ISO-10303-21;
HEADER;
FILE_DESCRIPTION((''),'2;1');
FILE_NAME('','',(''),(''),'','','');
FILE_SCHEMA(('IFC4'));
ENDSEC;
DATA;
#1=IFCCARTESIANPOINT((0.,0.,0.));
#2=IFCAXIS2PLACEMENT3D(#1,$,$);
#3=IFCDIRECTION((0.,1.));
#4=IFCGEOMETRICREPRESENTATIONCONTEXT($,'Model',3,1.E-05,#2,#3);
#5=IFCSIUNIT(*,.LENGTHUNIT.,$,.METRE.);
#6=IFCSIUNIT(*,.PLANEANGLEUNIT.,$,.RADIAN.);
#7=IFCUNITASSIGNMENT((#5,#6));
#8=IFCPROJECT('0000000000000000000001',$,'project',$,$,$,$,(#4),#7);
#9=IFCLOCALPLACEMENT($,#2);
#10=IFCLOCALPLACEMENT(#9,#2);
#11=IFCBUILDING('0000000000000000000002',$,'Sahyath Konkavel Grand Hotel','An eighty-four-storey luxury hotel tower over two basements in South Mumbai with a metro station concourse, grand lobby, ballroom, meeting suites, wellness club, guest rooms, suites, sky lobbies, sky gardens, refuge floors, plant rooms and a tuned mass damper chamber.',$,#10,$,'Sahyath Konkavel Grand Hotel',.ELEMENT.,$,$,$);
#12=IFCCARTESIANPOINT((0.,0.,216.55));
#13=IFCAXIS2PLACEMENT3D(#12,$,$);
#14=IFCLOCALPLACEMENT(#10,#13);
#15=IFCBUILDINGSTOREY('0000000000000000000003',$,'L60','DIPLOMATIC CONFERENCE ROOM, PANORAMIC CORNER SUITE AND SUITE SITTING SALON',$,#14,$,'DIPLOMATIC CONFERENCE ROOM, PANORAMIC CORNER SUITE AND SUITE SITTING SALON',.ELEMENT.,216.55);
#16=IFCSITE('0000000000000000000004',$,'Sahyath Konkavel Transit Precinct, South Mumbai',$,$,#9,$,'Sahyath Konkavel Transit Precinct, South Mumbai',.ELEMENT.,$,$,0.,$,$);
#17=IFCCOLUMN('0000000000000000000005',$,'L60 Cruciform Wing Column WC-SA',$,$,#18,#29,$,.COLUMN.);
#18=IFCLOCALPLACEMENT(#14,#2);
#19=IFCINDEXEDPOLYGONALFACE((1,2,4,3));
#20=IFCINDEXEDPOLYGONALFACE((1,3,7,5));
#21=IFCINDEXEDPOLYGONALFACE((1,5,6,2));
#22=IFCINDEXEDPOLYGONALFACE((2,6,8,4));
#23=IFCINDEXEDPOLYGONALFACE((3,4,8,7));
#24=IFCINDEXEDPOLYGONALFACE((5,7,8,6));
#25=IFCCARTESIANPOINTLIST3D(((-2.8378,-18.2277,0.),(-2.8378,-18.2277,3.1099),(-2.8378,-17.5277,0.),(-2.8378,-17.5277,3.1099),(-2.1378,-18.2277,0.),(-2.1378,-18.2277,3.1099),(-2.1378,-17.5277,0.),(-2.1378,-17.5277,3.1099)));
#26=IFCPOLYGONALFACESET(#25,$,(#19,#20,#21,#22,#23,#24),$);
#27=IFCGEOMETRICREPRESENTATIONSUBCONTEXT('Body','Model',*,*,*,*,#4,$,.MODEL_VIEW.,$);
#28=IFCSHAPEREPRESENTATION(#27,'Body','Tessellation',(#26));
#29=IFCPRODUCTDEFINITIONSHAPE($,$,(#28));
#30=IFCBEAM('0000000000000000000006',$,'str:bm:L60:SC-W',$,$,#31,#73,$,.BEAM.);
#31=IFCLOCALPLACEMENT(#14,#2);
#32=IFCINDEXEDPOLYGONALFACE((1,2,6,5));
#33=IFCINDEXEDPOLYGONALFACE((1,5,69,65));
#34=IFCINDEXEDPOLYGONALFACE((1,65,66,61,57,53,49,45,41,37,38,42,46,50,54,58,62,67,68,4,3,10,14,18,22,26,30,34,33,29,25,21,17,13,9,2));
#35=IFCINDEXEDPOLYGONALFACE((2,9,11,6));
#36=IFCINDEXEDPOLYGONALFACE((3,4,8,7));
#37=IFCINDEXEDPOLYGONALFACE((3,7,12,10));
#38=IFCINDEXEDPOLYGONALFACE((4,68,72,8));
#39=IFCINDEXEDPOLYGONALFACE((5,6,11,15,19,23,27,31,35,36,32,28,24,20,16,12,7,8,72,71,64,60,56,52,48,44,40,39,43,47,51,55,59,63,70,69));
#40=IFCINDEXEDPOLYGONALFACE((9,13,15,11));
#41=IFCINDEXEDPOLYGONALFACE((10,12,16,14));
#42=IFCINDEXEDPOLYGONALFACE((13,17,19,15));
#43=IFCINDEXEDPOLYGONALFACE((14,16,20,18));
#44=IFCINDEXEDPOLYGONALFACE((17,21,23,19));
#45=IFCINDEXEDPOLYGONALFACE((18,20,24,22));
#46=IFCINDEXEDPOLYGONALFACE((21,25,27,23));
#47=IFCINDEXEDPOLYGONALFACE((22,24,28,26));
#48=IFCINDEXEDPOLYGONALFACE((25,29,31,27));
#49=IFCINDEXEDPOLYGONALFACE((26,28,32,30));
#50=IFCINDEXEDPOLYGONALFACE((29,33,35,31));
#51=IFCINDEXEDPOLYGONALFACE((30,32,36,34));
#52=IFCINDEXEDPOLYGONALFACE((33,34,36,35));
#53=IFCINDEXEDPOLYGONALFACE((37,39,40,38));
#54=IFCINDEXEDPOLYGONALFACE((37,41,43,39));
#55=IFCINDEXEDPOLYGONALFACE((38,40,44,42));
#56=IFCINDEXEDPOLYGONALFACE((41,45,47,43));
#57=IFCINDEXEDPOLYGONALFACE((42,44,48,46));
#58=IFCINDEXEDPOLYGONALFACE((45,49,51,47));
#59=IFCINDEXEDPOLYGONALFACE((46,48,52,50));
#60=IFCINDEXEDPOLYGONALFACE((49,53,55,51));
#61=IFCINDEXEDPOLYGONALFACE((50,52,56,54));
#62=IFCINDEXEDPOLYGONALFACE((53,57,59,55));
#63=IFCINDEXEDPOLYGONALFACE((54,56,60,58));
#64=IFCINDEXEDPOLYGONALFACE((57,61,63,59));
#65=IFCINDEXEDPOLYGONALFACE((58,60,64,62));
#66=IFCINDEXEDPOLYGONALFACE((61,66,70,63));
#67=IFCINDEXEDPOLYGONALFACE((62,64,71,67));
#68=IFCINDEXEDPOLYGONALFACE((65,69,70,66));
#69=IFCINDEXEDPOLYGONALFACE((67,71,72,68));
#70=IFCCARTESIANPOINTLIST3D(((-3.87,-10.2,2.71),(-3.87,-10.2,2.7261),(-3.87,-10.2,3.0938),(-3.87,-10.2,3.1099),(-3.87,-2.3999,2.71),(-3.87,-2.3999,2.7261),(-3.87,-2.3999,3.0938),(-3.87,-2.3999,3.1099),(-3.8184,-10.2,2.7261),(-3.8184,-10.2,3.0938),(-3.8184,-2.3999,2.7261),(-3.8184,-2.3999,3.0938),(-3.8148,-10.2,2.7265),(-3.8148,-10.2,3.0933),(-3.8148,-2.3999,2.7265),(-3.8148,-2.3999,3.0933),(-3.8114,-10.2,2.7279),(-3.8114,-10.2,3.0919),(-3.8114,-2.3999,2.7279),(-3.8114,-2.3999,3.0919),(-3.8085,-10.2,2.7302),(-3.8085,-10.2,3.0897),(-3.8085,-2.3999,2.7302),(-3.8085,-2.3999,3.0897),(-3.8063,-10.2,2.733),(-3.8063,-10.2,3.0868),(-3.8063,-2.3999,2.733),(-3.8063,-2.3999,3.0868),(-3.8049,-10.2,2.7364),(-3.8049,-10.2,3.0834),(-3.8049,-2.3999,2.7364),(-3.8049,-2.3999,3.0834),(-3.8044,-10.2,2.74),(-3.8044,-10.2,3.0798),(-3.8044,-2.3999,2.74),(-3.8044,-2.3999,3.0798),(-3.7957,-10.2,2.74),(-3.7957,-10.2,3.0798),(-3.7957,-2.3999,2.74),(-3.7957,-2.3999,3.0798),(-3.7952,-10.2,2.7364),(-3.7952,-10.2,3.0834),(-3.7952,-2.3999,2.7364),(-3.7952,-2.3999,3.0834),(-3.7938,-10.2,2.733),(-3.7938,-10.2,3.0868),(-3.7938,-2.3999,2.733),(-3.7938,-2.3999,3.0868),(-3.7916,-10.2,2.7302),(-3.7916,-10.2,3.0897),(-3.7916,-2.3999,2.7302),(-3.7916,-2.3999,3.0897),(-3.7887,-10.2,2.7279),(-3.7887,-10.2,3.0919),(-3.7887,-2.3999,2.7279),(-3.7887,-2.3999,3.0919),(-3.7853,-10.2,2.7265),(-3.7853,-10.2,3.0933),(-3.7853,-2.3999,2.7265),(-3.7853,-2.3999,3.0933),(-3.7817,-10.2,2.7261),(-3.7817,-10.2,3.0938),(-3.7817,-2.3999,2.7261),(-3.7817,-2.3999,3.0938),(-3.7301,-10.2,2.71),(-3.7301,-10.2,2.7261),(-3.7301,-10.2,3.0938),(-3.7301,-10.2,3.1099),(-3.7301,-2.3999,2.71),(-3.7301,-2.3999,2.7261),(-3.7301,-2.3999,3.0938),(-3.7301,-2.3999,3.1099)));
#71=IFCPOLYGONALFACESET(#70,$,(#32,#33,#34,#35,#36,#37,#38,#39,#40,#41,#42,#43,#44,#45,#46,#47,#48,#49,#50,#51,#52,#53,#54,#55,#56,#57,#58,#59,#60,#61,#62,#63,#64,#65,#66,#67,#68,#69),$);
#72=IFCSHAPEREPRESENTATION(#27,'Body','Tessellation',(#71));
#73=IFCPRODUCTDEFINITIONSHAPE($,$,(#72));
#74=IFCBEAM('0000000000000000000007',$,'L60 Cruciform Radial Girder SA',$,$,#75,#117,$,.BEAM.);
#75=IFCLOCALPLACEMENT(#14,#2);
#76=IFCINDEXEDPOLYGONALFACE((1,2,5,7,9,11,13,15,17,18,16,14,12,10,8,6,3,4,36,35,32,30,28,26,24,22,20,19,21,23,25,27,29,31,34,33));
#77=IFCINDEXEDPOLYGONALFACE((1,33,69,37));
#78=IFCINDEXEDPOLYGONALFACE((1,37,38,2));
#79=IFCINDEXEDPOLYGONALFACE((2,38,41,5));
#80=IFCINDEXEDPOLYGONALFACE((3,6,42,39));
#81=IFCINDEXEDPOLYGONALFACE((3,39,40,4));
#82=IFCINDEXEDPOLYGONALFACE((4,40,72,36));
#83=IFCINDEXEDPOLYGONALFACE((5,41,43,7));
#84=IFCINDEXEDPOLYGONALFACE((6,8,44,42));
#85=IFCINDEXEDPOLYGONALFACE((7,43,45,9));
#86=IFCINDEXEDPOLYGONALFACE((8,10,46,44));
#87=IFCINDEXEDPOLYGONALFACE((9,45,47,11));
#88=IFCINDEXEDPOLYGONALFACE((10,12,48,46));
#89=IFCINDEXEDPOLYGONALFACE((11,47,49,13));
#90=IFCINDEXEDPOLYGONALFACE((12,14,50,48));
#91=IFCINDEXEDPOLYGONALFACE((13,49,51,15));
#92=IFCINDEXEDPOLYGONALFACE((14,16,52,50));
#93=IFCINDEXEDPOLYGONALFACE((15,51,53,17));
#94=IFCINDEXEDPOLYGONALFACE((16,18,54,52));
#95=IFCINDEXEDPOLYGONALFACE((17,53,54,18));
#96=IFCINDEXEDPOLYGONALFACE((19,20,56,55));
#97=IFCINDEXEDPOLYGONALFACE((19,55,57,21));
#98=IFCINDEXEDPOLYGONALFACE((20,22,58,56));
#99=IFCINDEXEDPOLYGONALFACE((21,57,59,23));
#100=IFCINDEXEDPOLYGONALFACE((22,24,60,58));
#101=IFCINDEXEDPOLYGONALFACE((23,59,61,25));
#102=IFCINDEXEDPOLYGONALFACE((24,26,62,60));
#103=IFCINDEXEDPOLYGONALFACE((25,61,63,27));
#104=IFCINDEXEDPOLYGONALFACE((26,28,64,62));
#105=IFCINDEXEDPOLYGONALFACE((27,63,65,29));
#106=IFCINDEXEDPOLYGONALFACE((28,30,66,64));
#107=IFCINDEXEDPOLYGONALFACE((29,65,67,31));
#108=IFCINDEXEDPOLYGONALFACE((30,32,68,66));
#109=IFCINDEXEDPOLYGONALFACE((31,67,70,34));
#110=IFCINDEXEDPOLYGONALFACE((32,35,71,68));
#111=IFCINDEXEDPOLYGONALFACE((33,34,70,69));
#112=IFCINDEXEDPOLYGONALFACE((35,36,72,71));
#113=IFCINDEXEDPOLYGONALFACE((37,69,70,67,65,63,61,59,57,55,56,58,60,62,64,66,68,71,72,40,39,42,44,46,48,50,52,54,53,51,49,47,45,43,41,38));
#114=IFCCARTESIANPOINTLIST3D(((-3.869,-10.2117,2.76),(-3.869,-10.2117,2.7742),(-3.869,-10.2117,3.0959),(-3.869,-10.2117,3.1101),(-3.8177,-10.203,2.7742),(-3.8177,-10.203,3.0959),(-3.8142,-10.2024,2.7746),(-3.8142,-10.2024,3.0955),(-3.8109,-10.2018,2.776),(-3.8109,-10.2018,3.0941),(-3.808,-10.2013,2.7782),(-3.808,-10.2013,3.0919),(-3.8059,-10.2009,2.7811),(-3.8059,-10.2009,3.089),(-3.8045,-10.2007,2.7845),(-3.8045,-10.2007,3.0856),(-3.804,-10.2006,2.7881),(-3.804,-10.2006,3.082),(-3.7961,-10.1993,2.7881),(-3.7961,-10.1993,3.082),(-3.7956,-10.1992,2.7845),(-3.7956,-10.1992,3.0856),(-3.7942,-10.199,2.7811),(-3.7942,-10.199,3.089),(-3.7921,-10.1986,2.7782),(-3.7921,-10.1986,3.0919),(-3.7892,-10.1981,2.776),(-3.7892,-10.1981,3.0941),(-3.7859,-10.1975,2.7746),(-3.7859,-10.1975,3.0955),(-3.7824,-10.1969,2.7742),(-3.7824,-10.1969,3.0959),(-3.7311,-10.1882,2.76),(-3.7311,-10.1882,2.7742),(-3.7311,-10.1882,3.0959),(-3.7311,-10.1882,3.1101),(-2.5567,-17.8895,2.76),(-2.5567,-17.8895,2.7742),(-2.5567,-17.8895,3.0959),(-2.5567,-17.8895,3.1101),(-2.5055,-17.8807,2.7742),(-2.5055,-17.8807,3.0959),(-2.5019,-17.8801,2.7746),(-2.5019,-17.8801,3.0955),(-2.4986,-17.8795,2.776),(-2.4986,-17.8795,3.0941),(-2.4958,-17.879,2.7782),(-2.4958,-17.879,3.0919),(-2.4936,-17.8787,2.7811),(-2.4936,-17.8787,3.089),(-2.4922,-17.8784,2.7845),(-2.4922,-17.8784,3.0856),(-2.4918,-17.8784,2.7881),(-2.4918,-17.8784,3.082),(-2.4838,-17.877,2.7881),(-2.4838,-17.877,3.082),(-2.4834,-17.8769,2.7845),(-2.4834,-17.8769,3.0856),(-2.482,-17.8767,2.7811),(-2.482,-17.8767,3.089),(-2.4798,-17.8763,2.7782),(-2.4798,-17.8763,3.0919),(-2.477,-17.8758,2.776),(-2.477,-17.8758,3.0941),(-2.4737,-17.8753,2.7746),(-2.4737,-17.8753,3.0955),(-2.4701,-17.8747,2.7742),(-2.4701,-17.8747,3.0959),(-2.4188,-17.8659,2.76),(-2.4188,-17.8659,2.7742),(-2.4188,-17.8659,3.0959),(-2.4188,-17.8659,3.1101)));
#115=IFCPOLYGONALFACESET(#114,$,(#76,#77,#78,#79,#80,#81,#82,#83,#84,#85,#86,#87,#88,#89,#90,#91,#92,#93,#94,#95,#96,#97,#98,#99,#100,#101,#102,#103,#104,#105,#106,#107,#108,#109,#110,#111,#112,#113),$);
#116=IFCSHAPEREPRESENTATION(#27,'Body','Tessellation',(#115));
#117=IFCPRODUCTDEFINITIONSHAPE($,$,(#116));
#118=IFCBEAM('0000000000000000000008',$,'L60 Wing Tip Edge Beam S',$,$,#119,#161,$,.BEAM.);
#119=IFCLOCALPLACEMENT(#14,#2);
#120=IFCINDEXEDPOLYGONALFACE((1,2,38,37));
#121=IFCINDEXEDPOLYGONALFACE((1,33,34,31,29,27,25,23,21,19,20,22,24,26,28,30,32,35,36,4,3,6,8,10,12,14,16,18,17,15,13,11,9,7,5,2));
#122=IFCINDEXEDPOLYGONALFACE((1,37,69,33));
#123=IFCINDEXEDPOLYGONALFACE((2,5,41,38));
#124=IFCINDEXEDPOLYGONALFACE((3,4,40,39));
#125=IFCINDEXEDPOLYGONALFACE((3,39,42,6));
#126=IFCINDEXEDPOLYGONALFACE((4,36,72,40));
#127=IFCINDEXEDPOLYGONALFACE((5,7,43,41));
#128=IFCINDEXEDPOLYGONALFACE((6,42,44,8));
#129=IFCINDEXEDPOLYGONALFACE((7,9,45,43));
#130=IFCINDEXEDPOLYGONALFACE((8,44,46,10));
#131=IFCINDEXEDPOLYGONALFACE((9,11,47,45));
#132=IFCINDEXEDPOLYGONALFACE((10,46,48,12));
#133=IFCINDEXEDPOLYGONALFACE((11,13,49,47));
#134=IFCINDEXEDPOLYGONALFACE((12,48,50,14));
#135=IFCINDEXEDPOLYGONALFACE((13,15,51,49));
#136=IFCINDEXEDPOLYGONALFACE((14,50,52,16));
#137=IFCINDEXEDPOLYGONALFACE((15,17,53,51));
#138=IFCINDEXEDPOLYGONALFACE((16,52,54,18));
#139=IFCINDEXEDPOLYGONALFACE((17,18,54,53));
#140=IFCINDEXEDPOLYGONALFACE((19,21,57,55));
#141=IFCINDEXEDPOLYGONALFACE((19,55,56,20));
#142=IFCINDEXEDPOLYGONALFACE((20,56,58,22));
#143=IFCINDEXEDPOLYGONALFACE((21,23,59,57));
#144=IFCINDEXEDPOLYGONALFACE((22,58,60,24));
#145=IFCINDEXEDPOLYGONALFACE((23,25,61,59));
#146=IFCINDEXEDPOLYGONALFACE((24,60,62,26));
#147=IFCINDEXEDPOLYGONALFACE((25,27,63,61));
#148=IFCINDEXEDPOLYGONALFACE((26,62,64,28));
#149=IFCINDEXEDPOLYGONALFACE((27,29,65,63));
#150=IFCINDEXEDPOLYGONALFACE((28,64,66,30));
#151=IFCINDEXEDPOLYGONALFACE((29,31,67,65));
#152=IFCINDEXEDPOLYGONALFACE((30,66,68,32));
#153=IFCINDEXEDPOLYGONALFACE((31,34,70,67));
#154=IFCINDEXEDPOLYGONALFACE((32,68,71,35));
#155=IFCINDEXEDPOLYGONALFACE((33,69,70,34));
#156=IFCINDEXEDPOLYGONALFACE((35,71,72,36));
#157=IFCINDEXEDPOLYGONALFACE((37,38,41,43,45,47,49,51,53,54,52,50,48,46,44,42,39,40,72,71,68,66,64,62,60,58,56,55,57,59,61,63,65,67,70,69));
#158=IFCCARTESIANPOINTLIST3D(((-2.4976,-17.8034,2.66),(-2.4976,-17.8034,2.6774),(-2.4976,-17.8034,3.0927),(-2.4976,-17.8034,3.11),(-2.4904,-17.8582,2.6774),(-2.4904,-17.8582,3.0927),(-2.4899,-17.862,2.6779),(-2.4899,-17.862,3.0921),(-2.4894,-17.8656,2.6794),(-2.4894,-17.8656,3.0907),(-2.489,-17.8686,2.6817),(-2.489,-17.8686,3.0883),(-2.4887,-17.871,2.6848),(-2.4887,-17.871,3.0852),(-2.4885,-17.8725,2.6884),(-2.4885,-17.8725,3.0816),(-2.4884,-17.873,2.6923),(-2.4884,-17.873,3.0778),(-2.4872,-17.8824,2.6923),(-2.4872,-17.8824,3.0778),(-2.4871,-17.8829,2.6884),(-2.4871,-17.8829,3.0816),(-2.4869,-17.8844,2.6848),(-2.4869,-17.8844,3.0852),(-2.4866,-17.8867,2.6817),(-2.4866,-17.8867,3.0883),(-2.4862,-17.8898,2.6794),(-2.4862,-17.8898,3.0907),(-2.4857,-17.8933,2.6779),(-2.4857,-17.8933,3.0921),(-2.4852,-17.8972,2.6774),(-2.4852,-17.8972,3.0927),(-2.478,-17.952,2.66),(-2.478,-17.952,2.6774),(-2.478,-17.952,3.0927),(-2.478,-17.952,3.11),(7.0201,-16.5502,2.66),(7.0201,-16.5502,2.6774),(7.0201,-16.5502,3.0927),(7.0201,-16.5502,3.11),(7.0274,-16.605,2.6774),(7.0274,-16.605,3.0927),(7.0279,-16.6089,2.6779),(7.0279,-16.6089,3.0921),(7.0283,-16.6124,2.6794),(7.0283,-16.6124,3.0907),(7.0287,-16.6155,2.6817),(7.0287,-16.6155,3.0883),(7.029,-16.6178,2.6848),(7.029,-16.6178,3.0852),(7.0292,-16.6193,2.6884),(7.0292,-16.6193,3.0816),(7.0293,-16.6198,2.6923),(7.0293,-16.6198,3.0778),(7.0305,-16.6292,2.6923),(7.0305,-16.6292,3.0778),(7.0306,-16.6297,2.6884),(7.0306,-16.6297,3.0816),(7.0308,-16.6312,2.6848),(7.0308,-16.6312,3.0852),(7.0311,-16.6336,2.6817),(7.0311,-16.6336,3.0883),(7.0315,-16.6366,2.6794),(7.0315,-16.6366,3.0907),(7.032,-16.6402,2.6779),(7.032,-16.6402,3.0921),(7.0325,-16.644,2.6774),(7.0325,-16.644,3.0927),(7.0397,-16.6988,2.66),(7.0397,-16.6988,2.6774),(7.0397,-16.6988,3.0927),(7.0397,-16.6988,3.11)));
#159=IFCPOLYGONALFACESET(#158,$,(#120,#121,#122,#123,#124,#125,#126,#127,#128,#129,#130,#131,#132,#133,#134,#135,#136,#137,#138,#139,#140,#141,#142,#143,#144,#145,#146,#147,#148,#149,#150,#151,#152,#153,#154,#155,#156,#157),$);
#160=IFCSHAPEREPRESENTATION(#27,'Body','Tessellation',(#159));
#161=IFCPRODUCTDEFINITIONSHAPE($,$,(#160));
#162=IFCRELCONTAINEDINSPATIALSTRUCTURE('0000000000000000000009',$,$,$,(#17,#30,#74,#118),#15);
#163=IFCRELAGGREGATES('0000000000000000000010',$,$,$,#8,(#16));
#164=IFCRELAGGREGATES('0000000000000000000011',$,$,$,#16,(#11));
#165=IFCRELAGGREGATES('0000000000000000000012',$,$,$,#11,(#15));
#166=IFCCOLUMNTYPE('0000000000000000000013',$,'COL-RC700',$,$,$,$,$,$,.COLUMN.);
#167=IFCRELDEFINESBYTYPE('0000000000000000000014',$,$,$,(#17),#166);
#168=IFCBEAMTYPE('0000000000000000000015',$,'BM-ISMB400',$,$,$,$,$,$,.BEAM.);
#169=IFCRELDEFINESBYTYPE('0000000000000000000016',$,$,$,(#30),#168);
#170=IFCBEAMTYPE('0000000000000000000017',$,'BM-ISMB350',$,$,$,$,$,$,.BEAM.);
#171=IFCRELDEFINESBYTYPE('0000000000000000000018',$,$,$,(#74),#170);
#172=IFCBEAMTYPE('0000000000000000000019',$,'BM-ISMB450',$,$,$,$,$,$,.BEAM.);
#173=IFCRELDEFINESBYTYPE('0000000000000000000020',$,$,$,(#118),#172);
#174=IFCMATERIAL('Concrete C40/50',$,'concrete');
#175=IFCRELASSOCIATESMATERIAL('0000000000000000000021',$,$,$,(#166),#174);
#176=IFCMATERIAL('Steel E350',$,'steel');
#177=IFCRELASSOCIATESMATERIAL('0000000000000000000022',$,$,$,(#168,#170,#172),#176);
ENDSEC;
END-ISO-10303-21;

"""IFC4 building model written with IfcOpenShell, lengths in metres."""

from ifc_helpers import new_model, si_unit, direction, frame, origin, origin_2d, place, context, subcontext, project, spatial, rectangle, i_section, extrude, source, transform, mapped, material, material_profile, profile_set, type_object, element, save


model = new_model("IFC4")

# Units and contexts
model_context = context("Model", 3, precision=1e-05, world=origin(), true_north=direction((0.0, 1.0)))
body_context = subcontext(model_context, "Body", "Model", "MODEL_VIEW")
ifc_project = project(units=[si_unit("LENGTHUNIT", "METRE"), si_unit("PLANEANGLEUNIT", "RADIAN")], contexts=[model_context])

# Site, building, storey
site_placement = place(None, origin())
site = spatial("IfcSite", under=ifc_project, at=site_placement, Name="Sahyath Konkavel Transit Precinct, South Mumbai", LongName="Sahyath Konkavel Transit Precinct, South Mumbai", CompositionType="ELEMENT", RefElevation=0.0)
building_placement = place(site_placement, origin())
building = spatial("IfcBuilding", under=site, at=building_placement, Name="Sahyath Konkavel Grand Hotel", Description="An eighty-four-storey luxury hotel tower over two basements in South Mumbai with a metro station concourse, grand lobby, ballroom, meeting suites, wellness club, guest rooms, suites, sky lobbies, sky gardens, refuge floors, plant rooms and a tuned mass damper chamber.", LongName="Sahyath Konkavel Grand Hotel", CompositionType="ELEMENT")
storey_placement = place(building_placement, frame((0.0, 0.0, 216.55)))
storey = spatial("IfcBuildingStorey", under=building, at=storey_placement, Name="L60", Description="DIPLOMATIC CONFERENCE ROOM, PANORAMIC CORNER SUITE AND SUITE SITTING SALON", LongName="DIPLOMATIC CONFERENCE ROOM, PANORAMIC CORNER SUITE AND SUITE SITTING SALON", CompositionType="ELEMENT", Elevation=216.55)

# Column
ifc_material_1 = material(Name="Concrete C40/50", Category="concrete")
ifc_material_profile_1 = material_profile(ifc_material_1, rectangle(XDim=0.7, YDim=0.7, at=origin_2d()), Name="RC 700x700")
ifc_profile_set_1 = profile_set([ifc_material_profile_1], Name="Concrete C40/50")
column_type = type_object("IfcColumnType", Name="COL-RC700", PredefinedType="COLUMN", material=ifc_profile_set_1)
shared_shape_1 = source(origin(), body_context, "Body", "SweptSolid", [
    extrude(rectangle(XDim=0.7, YDim=0.7, at=origin_2d()), origin(), (0.0, 0.0, 1.0), 3.1099),
])
column_placement = place(storey_placement, frame((-2.4878, -17.8777, 0.0), z_axis=(0.0, 0.0, 1.0), x_axis=(1.0, 0.0, 0.0)))
element("IfcColumn", 1, at=column_placement, inside=storey, type_object=column_type, Name="L60 Cruciform Wing Column WC-SA", PredefinedType="COLUMN", context=body_context, shape_type="MappedRepresentation", body=[
    mapped(shared_shape_1, transform((0.0, 0.0, 0.0), scale=1.0)),
])

# Beams
ifc_material_2 = material(Name="Steel E350", Category="steel")
ifc_material_profile_2 = material_profile(ifc_material_2, i_section(OverallWidth=0.1399, OverallDepth=0.3999, WebThickness=0.0088, FlangeThickness=0.0161, FilletRadius=0.0139, at=origin_2d()), Name="ISMB 400")
ifc_profile_set_2 = profile_set([ifc_material_profile_2], Name="Steel E350")
beam_type_1 = type_object("IfcBeamType", Name="BM-ISMB400", PredefinedType="BEAM", material=ifc_profile_set_2)
shared_shape_2 = source(origin(), body_context, "Body", "SweptSolid", [
    extrude(i_section(OverallWidth=0.1399, OverallDepth=0.3999, WebThickness=0.0088, FlangeThickness=0.0161, FilletRadius=0.0139, at=origin_2d()), origin(), (0.0, 0.0, 1.0), 7.8),
])
beam_1_placement = place(storey_placement, frame((-3.8, -10.2, 2.9099), z_axis=(0.0, 1.0, 0.0), x_axis=(-1.0, 0.0, 0.0)))
element("IfcBeam", 2, at=beam_1_placement, inside=storey, type_object=beam_type_1, Name="str:bm:L60:SC-W", PredefinedType="BEAM", context=body_context, shape_type="MappedRepresentation", body=[
    mapped(shared_shape_2, transform((0.0, 0.0, 0.0), scale=1.0)),
])
ifc_material_profile_3 = material_profile(ifc_material_2, i_section(OverallWidth=0.1399, OverallDepth=0.3501, WebThickness=0.0081, FlangeThickness=0.0142, FilletRadius=0.0139, at=origin_2d()), Name="ISMB 350")
ifc_profile_set_3 = profile_set([ifc_material_profile_3], Name="Steel E350")
beam_type_2 = type_object("IfcBeamType", Name="BM-ISMB350", PredefinedType="BEAM", material=ifc_profile_set_3)
shared_shape_3 = source(origin(), body_context, "Body", "SweptSolid", [
    extrude(i_section(OverallWidth=0.1399, OverallDepth=0.3501, WebThickness=0.0081, FlangeThickness=0.0142, FilletRadius=0.0139, at=origin_2d()), origin(), (0.0, 0.0, 1.0), 7.7891),
])
beam_2_placement = place(storey_placement, frame((-3.8, -10.2, 2.9351), z_axis=(0.168474, -0.985706, 0.0), x_axis=(0.985706, 0.168474, 0.0)))
element("IfcBeam", 3, at=beam_2_placement, inside=storey, type_object=beam_type_2, Name="L60 Cruciform Radial Girder SA", PredefinedType="BEAM", context=body_context, shape_type="MappedRepresentation", body=[
    mapped(shared_shape_3, transform((0.0, 0.0, 0.0), scale=1.0)),
])
ifc_material_profile_4 = material_profile(ifc_material_2, i_section(OverallWidth=0.1499, OverallDepth=0.45, WebThickness=0.0095, FlangeThickness=0.0173, FilletRadius=0.0149, at=origin_2d()), Name="ISMB 450")
ifc_profile_set_4 = profile_set([ifc_material_profile_4], Name="Steel E350")
beam_type_3 = type_object("IfcBeamType", Name="BM-ISMB450", PredefinedType="BEAM", material=ifc_profile_set_4)
shared_shape_4 = source(origin(), body_context, "Body", "SweptSolid", [
    extrude(i_section(OverallWidth=0.1499, OverallDepth=0.45, WebThickness=0.0095, FlangeThickness=0.0173, FilletRadius=0.0149, at=origin_2d()), origin(), (0.0, 0.0, 1.0), 9.5999),
])
beam_3_placement = place(storey_placement, frame((-2.4878, -17.8777, 2.885), z_axis=(0.991443, 0.130539, 0.0), x_axis=(-0.130539, 0.991443, 0.0)))
element("IfcBeam", 4, at=beam_3_placement, inside=storey, type_object=beam_type_3, Name="L60 Wing Tip Edge Beam S", PredefinedType="BEAM", context=body_context, shape_type="MappedRepresentation", body=[
    mapped(shared_shape_4, transform((0.0, 0.0, 0.0), scale=1.0)),
])

save(model, "model.ifc")
